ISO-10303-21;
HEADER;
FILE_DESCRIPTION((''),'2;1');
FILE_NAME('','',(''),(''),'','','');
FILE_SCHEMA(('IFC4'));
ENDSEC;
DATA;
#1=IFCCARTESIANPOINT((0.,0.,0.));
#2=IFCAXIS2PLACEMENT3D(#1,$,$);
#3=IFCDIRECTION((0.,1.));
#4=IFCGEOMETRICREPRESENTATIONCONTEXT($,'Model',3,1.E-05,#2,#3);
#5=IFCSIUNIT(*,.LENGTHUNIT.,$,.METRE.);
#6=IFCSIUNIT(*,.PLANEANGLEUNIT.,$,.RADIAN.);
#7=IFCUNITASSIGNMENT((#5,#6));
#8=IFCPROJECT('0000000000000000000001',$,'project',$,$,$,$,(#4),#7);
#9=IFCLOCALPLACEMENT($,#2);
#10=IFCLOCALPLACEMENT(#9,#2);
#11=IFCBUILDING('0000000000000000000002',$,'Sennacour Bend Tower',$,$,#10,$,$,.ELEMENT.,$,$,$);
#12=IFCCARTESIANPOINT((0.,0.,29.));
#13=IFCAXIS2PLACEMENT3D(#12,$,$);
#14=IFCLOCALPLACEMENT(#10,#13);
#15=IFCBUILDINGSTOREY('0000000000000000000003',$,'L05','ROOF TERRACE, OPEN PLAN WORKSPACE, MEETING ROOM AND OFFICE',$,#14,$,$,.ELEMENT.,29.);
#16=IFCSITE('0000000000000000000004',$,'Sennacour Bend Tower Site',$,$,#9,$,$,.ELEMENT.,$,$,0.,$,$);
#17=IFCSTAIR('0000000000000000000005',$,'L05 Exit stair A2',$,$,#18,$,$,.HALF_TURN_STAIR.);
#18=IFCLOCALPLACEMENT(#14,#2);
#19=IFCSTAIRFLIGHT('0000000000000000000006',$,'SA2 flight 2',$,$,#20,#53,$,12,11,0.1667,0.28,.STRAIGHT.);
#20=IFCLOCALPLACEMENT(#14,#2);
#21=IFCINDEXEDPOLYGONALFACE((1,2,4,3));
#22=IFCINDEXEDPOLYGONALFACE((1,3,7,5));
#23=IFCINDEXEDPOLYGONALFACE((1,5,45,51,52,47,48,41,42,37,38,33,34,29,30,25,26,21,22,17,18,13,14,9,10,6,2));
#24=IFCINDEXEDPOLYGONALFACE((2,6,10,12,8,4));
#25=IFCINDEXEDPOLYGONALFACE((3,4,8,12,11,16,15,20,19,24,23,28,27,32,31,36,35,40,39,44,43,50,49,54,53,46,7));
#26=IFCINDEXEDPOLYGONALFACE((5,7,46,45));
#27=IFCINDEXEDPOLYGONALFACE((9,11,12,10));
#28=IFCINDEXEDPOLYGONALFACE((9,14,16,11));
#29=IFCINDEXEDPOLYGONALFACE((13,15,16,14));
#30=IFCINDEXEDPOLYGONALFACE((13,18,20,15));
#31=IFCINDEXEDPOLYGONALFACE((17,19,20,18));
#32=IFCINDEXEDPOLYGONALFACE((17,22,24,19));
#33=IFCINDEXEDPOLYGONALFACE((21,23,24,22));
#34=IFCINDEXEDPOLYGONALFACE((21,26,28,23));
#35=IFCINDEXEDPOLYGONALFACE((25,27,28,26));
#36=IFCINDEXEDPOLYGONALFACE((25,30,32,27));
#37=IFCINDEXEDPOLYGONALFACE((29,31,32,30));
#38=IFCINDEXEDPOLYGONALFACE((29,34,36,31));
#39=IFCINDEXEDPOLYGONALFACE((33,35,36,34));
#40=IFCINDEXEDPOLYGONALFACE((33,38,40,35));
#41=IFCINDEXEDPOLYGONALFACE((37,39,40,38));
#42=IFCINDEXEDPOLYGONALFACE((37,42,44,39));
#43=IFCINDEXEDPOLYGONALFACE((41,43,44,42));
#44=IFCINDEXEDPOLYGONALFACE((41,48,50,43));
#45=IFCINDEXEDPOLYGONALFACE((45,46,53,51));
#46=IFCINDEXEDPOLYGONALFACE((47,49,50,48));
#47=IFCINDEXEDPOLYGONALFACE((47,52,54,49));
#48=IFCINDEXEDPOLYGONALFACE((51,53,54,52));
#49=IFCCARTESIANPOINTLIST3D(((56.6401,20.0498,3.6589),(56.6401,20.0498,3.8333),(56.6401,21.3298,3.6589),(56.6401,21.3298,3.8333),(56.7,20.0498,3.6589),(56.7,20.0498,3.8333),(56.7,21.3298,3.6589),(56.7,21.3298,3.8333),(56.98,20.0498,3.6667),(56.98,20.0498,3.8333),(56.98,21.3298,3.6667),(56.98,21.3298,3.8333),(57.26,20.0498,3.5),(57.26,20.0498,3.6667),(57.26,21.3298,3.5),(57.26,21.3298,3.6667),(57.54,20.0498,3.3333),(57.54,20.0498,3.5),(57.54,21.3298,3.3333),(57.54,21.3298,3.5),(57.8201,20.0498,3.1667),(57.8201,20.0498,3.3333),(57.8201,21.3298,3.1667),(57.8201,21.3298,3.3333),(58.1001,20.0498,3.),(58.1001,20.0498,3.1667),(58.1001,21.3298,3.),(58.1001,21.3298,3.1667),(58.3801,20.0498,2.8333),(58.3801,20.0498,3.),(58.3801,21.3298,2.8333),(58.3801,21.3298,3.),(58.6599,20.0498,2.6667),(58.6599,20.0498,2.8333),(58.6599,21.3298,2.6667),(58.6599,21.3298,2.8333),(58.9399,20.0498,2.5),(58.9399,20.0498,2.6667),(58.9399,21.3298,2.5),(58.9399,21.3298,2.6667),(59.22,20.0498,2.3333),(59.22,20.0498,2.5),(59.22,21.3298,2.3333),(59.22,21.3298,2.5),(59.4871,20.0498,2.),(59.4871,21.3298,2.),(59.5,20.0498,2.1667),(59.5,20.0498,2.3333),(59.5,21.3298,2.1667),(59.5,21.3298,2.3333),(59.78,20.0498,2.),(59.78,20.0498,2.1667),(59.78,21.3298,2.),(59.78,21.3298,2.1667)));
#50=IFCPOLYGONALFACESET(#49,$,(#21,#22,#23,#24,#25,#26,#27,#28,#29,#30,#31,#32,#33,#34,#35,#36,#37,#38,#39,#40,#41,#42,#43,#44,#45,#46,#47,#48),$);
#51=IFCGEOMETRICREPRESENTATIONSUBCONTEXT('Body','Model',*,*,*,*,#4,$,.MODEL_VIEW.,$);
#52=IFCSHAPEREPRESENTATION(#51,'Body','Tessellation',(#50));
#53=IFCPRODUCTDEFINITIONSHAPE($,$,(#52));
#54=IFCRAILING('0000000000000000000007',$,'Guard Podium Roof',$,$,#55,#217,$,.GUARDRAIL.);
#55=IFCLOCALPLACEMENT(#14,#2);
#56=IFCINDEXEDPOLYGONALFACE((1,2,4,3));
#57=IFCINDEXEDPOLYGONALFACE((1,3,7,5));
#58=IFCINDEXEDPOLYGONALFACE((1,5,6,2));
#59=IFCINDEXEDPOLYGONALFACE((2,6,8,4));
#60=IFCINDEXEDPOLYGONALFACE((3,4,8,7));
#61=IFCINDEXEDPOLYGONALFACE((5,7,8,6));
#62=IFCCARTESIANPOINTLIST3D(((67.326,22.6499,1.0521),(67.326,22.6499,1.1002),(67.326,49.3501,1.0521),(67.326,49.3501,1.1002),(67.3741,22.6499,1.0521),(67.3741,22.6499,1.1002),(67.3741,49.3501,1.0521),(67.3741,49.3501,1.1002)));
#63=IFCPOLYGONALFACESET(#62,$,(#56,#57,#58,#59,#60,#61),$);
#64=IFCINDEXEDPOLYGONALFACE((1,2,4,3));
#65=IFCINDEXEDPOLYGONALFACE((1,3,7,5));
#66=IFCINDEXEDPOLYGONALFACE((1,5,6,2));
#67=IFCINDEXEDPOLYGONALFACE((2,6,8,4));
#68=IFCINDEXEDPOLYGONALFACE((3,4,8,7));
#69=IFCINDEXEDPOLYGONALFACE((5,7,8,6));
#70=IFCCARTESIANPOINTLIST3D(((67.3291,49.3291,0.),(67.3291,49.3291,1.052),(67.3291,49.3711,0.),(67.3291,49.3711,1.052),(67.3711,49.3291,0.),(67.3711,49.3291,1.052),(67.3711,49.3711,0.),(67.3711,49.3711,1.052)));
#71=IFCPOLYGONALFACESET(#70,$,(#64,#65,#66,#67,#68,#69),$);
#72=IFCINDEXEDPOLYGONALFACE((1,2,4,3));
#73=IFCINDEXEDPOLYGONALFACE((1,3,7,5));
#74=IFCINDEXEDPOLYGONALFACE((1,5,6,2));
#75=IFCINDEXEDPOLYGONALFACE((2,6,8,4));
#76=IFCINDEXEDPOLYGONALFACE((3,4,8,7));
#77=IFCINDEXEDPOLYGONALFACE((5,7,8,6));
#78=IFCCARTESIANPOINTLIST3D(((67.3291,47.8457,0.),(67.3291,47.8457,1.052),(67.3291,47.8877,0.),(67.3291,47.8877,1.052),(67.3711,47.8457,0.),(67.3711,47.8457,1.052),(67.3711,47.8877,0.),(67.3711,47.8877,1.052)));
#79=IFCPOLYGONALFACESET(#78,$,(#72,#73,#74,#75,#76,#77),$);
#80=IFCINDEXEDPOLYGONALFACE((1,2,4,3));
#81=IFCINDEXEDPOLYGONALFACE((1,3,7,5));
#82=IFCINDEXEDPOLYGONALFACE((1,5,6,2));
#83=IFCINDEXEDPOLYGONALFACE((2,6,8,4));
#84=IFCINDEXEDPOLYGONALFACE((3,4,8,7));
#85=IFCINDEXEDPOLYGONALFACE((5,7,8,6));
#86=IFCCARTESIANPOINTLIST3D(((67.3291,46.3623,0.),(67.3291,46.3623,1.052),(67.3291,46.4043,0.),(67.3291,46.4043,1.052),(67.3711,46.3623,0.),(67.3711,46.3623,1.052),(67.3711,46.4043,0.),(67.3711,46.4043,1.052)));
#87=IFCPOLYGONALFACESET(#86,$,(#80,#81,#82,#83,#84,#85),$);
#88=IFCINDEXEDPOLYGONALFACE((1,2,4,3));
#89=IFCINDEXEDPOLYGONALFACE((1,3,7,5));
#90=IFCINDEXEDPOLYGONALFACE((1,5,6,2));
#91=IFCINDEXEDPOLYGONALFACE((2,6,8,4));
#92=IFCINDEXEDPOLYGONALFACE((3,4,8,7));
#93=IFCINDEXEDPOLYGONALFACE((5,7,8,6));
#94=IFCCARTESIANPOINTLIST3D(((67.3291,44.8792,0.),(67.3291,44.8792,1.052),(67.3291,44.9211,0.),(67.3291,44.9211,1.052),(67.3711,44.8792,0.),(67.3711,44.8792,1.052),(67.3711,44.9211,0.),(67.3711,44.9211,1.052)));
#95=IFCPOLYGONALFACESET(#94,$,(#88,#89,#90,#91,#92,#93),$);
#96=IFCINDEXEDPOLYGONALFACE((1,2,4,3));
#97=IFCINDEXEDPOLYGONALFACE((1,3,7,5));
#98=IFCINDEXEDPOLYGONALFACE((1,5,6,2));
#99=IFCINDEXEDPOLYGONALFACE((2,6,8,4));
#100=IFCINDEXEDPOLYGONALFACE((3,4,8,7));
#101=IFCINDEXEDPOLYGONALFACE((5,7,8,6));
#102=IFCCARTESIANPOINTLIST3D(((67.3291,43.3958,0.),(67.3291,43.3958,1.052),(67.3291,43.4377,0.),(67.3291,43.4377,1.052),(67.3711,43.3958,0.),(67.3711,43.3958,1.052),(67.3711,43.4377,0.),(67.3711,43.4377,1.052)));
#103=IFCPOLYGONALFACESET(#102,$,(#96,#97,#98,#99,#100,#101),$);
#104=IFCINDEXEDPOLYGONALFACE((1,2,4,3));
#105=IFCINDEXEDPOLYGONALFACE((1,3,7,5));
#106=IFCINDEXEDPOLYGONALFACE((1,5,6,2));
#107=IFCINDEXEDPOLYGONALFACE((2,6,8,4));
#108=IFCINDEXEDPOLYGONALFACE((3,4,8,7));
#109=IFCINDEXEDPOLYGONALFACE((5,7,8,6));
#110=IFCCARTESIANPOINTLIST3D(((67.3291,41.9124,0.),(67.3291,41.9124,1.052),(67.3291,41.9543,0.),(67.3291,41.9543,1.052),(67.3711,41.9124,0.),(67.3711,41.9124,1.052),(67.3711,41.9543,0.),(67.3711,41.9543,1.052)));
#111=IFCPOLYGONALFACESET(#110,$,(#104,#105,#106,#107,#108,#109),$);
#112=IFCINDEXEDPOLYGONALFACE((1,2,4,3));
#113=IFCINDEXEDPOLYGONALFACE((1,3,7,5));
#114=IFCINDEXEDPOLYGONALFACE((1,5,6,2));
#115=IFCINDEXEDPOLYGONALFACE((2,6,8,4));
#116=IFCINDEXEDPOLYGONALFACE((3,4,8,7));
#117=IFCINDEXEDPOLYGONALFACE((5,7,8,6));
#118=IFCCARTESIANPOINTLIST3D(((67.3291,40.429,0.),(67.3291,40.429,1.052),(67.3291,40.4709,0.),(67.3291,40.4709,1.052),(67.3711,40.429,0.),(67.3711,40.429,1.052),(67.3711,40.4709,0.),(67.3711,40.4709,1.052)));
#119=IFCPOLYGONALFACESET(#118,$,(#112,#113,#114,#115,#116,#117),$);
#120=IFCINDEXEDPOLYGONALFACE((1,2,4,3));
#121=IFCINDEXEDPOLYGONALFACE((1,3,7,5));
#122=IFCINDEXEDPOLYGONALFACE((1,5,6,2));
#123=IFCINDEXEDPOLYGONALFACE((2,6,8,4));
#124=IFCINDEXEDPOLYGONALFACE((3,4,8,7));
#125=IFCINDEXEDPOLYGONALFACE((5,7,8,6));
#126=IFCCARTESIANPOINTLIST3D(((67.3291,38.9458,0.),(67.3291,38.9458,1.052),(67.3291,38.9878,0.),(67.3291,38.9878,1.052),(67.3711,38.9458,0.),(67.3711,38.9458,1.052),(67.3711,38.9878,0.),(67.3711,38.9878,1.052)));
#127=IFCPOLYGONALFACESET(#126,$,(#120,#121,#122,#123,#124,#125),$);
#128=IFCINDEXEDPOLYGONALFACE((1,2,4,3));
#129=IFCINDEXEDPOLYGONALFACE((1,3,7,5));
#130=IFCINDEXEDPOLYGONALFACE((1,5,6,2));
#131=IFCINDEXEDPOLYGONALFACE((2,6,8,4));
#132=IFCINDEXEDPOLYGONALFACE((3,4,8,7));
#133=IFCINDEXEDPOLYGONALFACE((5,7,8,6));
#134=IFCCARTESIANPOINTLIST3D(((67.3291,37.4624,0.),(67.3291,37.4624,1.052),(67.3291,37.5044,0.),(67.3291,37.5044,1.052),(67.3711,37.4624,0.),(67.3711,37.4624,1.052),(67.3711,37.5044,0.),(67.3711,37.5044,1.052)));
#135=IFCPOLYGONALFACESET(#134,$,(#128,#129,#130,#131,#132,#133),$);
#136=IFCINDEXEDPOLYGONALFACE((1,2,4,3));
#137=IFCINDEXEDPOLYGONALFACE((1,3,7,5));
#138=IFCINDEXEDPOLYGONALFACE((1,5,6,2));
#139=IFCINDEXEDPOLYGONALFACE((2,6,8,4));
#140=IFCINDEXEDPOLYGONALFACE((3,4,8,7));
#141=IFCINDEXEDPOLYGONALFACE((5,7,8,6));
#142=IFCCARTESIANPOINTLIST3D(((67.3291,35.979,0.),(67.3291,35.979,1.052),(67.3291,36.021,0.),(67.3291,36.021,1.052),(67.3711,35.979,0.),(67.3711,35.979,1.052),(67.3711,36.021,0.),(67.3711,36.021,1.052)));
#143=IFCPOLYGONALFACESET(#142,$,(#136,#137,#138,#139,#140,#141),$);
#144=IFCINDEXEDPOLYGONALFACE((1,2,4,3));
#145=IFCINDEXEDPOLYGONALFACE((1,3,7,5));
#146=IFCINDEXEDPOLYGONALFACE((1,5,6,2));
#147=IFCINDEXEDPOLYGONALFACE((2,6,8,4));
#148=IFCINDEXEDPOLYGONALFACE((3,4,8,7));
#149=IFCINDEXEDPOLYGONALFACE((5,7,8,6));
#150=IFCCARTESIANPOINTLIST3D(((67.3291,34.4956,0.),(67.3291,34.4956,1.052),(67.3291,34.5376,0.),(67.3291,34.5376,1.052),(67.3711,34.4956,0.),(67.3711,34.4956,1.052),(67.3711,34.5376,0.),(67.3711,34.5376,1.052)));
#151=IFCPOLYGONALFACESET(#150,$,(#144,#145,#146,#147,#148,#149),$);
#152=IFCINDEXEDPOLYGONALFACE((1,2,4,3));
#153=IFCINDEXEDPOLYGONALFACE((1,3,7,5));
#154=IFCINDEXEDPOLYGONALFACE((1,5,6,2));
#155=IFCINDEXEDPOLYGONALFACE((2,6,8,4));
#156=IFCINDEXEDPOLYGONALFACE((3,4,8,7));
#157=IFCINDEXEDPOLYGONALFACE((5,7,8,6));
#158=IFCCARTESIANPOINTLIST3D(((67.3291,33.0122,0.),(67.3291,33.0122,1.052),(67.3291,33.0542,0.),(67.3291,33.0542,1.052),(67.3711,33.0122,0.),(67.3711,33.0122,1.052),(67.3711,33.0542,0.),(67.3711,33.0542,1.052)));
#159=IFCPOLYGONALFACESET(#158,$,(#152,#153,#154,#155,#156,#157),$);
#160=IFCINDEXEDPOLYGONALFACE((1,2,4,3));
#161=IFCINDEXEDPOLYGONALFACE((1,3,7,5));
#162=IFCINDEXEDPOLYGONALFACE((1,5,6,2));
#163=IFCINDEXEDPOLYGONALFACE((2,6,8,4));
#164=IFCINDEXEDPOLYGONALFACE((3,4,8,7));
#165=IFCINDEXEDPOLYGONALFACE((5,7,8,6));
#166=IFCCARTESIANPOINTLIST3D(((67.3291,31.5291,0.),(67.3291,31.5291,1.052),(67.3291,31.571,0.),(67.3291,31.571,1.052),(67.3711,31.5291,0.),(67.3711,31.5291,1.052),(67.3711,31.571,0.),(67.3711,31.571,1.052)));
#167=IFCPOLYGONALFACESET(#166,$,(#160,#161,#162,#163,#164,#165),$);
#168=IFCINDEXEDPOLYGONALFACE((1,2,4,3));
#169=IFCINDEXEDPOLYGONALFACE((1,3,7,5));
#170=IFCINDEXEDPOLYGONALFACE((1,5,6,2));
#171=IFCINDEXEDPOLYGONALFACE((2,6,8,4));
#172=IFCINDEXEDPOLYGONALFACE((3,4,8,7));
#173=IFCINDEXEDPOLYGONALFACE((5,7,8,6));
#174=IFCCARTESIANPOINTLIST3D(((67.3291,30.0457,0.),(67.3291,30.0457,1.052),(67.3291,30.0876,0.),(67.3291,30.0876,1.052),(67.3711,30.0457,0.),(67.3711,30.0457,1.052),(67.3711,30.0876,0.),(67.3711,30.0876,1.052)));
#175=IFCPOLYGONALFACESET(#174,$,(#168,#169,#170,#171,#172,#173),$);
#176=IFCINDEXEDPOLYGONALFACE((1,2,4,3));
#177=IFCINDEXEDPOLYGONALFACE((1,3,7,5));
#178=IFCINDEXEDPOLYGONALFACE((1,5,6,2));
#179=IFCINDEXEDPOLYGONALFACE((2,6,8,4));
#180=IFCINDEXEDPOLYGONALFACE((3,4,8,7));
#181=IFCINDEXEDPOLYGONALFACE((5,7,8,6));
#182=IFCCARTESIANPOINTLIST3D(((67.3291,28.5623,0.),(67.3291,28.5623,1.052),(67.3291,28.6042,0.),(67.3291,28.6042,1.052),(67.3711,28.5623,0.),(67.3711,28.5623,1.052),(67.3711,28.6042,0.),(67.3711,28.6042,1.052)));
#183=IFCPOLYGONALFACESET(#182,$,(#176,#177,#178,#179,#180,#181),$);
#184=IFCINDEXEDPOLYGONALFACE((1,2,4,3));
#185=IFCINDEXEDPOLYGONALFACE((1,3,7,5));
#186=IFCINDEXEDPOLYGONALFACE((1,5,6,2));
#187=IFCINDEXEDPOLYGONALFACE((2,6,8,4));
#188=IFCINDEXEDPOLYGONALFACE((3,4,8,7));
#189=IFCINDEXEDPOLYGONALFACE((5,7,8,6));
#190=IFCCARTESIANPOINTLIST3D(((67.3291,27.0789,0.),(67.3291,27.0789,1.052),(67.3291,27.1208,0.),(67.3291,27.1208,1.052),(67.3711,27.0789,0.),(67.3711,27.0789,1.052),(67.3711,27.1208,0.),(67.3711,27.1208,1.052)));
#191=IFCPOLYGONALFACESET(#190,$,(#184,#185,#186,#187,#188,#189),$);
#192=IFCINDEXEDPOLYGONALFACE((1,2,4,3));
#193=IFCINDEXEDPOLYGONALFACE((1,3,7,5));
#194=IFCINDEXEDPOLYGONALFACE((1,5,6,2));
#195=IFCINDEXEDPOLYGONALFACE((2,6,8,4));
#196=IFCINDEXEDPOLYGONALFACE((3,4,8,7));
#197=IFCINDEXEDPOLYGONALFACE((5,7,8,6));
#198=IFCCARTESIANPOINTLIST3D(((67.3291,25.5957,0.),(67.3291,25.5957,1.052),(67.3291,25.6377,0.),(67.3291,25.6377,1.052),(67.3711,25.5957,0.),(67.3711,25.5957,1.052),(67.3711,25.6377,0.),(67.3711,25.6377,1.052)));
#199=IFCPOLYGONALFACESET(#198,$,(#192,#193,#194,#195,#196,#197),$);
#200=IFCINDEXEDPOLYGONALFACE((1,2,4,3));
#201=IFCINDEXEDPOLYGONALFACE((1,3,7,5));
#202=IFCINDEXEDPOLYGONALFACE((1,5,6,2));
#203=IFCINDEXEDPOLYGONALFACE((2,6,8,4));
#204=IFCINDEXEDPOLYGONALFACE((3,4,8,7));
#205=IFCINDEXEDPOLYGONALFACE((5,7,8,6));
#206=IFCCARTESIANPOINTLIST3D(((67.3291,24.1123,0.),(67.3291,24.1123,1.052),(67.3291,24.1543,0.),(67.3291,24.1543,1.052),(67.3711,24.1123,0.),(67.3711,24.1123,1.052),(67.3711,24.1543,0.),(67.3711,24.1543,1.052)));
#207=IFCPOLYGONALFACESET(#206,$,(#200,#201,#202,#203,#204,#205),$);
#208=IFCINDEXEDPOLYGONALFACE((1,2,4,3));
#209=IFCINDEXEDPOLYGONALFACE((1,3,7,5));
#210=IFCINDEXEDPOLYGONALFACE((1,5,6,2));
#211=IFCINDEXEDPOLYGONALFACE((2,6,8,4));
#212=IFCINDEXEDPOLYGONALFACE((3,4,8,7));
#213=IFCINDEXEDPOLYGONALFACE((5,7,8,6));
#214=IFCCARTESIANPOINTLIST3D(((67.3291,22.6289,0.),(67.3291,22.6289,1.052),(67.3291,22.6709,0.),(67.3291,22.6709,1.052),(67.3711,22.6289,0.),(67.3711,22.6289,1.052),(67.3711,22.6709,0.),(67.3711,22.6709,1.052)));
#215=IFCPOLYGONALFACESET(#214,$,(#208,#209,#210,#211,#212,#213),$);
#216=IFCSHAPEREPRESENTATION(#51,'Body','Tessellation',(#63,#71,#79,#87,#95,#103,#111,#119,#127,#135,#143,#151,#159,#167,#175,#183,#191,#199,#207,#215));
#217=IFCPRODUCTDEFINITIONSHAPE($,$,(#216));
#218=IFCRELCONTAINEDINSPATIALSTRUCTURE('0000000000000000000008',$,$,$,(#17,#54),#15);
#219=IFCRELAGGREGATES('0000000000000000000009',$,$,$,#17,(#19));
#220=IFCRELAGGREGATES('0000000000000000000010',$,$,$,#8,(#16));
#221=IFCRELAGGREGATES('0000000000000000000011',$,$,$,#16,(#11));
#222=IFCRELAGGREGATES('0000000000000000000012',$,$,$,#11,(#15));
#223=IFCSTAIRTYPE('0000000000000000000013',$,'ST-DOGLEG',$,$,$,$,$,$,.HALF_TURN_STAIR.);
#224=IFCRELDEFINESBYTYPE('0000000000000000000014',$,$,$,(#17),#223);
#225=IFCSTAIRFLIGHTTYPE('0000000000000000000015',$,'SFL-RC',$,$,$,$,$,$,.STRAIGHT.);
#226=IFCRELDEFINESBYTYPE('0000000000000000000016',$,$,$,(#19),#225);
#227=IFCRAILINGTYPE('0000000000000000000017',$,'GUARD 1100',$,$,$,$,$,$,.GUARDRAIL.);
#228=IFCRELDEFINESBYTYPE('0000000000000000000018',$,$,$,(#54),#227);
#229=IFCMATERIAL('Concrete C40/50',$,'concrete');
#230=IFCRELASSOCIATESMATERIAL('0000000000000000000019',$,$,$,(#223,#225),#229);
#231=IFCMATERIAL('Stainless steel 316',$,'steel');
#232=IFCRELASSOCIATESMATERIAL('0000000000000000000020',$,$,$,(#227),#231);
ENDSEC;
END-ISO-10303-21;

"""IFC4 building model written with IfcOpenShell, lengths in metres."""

from ifc_helpers import new_model, si_unit, direction, frame, origin, origin_2d, place, context, subcontext, project, spatial, polyline, rectangle, outline, extrude, material, type_object, element, aggregate, save


model = new_model("IFC4")

# Units and contexts
model_context = context("Model", 3, precision=1e-05, world=origin(), true_north=direction((0.0, 1.0)))
body_context = subcontext(model_context, "Body", "Model", "MODEL_VIEW")
ifc_project = project(units=[si_unit("LENGTHUNIT", "METRE"), si_unit("PLANEANGLEUNIT", "RADIAN")], contexts=[model_context])

# Site, building, storey
site_placement = place(None, origin())
site = spatial("IfcSite", under=ifc_project, at=site_placement, Name="Sennacour Bend Tower Site", CompositionType="ELEMENT", RefElevation=0.0)
building_placement = place(site_placement, origin())
building = spatial("IfcBuilding", under=site, at=building_placement, Name="Sennacour Bend Tower", CompositionType="ELEMENT")
storey_placement = place(building_placement, frame((0.0, 0.0, 29.0)))
storey = spatial("IfcBuildingStorey", under=building, at=storey_placement, Name="L05", Description="ROOF TERRACE, OPEN PLAN WORKSPACE, MEETING ROOM AND OFFICE", CompositionType="ELEMENT", Elevation=29.0)

# Stair, stair flight
ifc_material_1 = material(Name="Concrete C40/50", Category="concrete")
stair_type = type_object("IfcStairType", Name="ST-DOGLEG", PredefinedType="HALF_TURN_STAIR", material=ifc_material_1)
stair_placement = place(storey_placement, origin())
stair = element("IfcStair", 1, at=stair_placement, inside=storey, type_object=stair_type, Name="L05 Exit stair A2", PredefinedType="HALF_TURN_STAIR")
stair_flight_type = type_object("IfcStairFlightType", Name="SFL-RC", PredefinedType="STRAIGHT", material=ifc_material_1)
stair_flight_placement = place(storey_placement, frame((59.78, 20.6899, 2.0), z_axis=(0.0, 0.0, 1.0), x_axis=(-1.0, 0.0, 0.0)))
stair_flight = element("IfcStairFlight", 2, at=stair_flight_placement, type_object=stair_flight_type, Name="SA2 flight 2", NumberOfRisers=12, NumberOfTreads=11, PredefinedType="STRAIGHT", RiserHeight=0.1667, TreadLength=0.28, context=body_context, shape_type="SweptSolid", body=[
    extrude(outline(polyline([(0.0, 0.0), (0.0, 0.1667), (0.28, 0.1667), (0.28, 0.3333), (0.5601, 0.3333), (0.5601, 0.5), (0.8401, 0.5), (0.8401, 0.6667), (1.1201, 0.6667), (1.1201, 0.8333), (1.3999, 0.8333), (1.3999, 1.0), (1.6799, 1.0), (1.6799, 1.1667), (1.96, 1.1667), (1.96, 1.3333), (2.24, 1.3333), (2.24, 1.5), (2.52, 1.5), (2.52, 1.6667), (2.8, 1.6667), (2.8, 1.8333), (3.0801, 1.8333), (3.1399, 1.8333), (3.1399, 1.6589), (3.0801, 1.6589), (0.293, 0.0), (0.0, 0.0)])), frame((0.0, 0.6401, 0.0), z_axis=(0.0, -1.0, 0.0), x_axis=(1.0, 0.0, 0.0)), (0.0, 0.0, 1.0), 1.28),
])
aggregate(stair, [stair_flight])

# Railing
ifc_material_2 = material(Name="Stainless steel 316", Category="steel")
railing_type_1 = type_object("IfcRailingType", Name="GUARD 1100", PredefinedType="GUARDRAIL", material=ifc_material_2)
railing_1_placement = place(storey_placement, frame((67.3501, 49.3501, 0.0)))
element("IfcRailing", 3, at=railing_1_placement, inside=storey, type_object=railing_type_1, Name="Guard Podium Roof", PredefinedType="GUARDRAIL", context=body_context, shape_type="SweptSolid", body=[
    extrude(rectangle(XDim=0.0481, YDim=0.0481, at=origin_2d()), frame((0.0, 0.0, 1.0762), z_axis=(0.0, -1.0, 0.0), x_axis=(1.0, 0.0, 0.0)), (0.0, 0.0, 1.0), 26.7002),
    extrude(rectangle(XDim=0.042, YDim=0.042, at=origin_2d()), origin(), (0.0, 0.0, 1.0), 1.052),
    extrude(rectangle(XDim=0.042, YDim=0.042, at=origin_2d()), frame((0.0, -1.4834, 0.0)), (0.0, 0.0, 1.0), 1.052),
    extrude(rectangle(XDim=0.042, YDim=0.042, at=origin_2d()), frame((0.0, -2.9668, 0.0)), (0.0, 0.0, 1.0), 1.052),
    extrude(rectangle(XDim=0.042, YDim=0.042, at=origin_2d()), frame((0.0, -4.45, 0.0)), (0.0, 0.0, 1.0), 1.052),
    extrude(rectangle(XDim=0.042, YDim=0.042, at=origin_2d()), frame((0.0, -5.9333, 0.0)), (0.0, 0.0, 1.0), 1.052),
    extrude(rectangle(XDim=0.042, YDim=0.042, at=origin_2d()), frame((0.0, -7.4167, 0.0)), (0.0, 0.0, 1.0), 1.052),
    extrude(rectangle(XDim=0.042, YDim=0.042, at=origin_2d()), frame((0.0, -8.9001, 0.0)), (0.0, 0.0, 1.0), 1.052),
    extrude(rectangle(XDim=0.042, YDim=0.042, at=origin_2d()), frame((0.0, -10.3833, 0.0)), (0.0, 0.0, 1.0), 1.052),
    extrude(rectangle(XDim=0.042, YDim=0.042, at=origin_2d()), frame((0.0, -11.8667, 0.0)), (0.0, 0.0, 1.0), 1.052),
    extrude(rectangle(XDim=0.042, YDim=0.042, at=origin_2d()), frame((0.0, -13.3501, 0.0)), (0.0, 0.0, 1.0), 1.052),
    extrude(rectangle(XDim=0.042, YDim=0.042, at=origin_2d()), frame((0.0, -14.8335, 0.0)), (0.0, 0.0, 1.0), 1.052),
    extrude(rectangle(XDim=0.042, YDim=0.042, at=origin_2d()), frame((0.0, -16.3169, 0.0)), (0.0, 0.0, 1.0), 1.052),
    extrude(rectangle(XDim=0.042, YDim=0.042, at=origin_2d()), frame((0.0, -17.8, 0.0)), (0.0, 0.0, 1.0), 1.052),
    extrude(rectangle(XDim=0.042, YDim=0.042, at=origin_2d()), frame((0.0, -19.2834, 0.0)), (0.0, 0.0, 1.0), 1.052),
    extrude(rectangle(XDim=0.042, YDim=0.042, at=origin_2d()), frame((0.0, -20.7668, 0.0)), (0.0, 0.0, 1.0), 1.052),
    extrude(rectangle(XDim=0.042, YDim=0.042, at=origin_2d()), frame((0.0, -22.2502, 0.0)), (0.0, 0.0, 1.0), 1.052),
    extrude(rectangle(XDim=0.042, YDim=0.042, at=origin_2d()), frame((0.0, -23.7334, 0.0)), (0.0, 0.0, 1.0), 1.052),
    extrude(rectangle(XDim=0.042, YDim=0.042, at=origin_2d()), frame((0.0, -25.2168, 0.0)), (0.0, 0.0, 1.0), 1.052),
    extrude(rectangle(XDim=0.042, YDim=0.042, at=origin_2d()), frame((0.0, -26.7002, 0.0)), (0.0, 0.0, 1.0), 1.052),
])

save(model, "model.ifc")
